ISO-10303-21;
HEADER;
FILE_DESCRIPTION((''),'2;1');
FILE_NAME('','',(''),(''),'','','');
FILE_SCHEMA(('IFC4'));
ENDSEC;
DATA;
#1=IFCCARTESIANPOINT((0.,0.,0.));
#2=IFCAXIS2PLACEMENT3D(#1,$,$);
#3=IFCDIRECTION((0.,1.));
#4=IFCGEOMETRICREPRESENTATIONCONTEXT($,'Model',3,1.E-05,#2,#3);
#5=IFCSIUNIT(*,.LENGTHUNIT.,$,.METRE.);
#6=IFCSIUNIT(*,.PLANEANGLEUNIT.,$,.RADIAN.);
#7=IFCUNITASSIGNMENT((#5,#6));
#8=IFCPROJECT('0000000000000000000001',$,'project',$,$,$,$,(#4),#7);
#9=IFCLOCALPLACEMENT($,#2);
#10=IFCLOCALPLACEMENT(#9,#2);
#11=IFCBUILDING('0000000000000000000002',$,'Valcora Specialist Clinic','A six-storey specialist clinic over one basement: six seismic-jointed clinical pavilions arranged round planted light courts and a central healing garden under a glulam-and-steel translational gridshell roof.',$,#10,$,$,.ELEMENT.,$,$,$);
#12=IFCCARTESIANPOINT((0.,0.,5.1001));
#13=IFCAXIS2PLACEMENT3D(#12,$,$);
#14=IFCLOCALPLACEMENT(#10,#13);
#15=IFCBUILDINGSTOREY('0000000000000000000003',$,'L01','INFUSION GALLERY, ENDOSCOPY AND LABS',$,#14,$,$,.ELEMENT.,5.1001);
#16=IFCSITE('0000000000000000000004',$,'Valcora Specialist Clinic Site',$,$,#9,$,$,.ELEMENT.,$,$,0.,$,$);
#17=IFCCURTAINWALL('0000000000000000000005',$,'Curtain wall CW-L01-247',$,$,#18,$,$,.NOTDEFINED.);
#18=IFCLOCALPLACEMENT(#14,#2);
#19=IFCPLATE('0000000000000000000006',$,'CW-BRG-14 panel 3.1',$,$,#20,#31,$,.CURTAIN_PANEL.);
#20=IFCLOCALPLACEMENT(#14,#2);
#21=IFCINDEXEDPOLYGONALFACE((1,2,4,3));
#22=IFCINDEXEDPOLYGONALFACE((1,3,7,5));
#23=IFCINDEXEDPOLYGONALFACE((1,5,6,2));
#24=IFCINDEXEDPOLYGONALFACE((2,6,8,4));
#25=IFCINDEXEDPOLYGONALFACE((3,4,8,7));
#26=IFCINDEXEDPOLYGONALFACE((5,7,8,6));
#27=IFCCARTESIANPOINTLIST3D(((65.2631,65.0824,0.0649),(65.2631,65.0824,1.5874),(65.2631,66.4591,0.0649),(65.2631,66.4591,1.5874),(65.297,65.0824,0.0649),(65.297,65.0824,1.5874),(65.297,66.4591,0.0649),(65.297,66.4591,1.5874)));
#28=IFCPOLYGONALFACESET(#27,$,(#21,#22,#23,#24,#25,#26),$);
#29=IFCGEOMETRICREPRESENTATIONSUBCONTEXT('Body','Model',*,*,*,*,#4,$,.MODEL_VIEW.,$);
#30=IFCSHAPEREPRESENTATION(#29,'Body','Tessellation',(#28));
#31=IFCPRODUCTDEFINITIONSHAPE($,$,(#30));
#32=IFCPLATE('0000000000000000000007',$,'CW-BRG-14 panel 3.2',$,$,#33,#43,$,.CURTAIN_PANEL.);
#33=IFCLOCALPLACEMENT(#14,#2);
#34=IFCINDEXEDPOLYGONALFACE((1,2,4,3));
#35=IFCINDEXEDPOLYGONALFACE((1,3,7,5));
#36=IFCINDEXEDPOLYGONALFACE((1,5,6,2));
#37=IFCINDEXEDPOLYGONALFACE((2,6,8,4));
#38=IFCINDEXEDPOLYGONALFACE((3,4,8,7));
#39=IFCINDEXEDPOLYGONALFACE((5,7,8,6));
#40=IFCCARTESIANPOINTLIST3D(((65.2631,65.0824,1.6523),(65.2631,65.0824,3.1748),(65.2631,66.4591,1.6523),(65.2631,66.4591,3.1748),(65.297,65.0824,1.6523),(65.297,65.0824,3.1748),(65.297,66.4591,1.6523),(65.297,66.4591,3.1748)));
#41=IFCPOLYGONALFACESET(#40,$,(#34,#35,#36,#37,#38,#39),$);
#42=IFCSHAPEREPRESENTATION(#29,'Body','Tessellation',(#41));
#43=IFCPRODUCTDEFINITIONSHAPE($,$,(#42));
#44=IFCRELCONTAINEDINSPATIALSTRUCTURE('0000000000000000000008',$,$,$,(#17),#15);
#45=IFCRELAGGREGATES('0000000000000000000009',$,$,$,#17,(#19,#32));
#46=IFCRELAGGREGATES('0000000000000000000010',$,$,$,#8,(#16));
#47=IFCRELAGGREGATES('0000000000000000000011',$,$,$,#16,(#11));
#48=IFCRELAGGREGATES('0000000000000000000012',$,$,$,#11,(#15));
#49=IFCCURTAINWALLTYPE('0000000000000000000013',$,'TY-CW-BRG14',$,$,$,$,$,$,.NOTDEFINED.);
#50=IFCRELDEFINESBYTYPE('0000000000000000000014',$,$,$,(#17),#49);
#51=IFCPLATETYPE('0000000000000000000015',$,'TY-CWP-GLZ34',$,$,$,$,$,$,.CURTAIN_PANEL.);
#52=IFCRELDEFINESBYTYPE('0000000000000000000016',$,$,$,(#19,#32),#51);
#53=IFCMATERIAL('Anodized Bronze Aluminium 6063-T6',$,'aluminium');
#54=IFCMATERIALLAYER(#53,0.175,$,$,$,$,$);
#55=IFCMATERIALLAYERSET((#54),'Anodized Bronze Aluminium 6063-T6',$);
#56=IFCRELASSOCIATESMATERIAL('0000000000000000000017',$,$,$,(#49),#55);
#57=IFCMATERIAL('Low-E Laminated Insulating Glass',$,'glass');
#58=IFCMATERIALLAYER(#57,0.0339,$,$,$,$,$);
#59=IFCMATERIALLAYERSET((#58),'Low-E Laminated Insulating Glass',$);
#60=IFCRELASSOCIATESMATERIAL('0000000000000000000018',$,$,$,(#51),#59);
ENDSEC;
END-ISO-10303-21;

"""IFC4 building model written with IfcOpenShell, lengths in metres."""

from ifc_helpers import new_model, si_unit, direction, frame, origin, origin_2d, place, context, subcontext, project, spatial, rectangle, extrude, material, layer, layer_set, type_object, element, aggregate, save


model = new_model("IFC4")

# Units and contexts
model_context = context("Model", 3, precision=1e-05, world=origin(), true_north=direction((0.0, 1.0)))
body_context = subcontext(model_context, "Body", "Model", "MODEL_VIEW")
ifc_project = project(units=[si_unit("LENGTHUNIT", "METRE"), si_unit("PLANEANGLEUNIT", "RADIAN")], contexts=[model_context])

# Site, building, storey
site_placement = place(None, origin())
site = spatial("IfcSite", under=ifc_project, at=site_placement, Name="Valcora Specialist Clinic Site", CompositionType="ELEMENT", RefElevation=0.0)
building_placement = place(site_placement, origin())
building = spatial("IfcBuilding", under=site, at=building_placement, Name="Valcora Specialist Clinic", Description="A six-storey specialist clinic over one basement: six seismic-jointed clinical pavilions arranged round planted light courts and a central healing garden under a glulam-and-steel translational gridshell roof.", CompositionType="ELEMENT")
storey_placement = place(building_placement, frame((0.0, 0.0, 5.1001)))
storey = spatial("IfcBuildingStorey", under=building, at=storey_placement, Name="L01", Description="INFUSION GALLERY, ENDOSCOPY AND LABS", CompositionType="ELEMENT", Elevation=5.1001)

# Curtain wall
ifc_material_1 = material(Name="Anodized Bronze Aluminium 6063-T6", Category="aluminium")
ifc_layer_1 = layer(ifc_material_1, 0.175)
ifc_layer_set_1 = layer_set([ifc_layer_1], Name="Anodized Bronze Aluminium 6063-T6")
curtain_wall_type = type_object("IfcCurtainWallType", Name="TY-CW-BRG14", PredefinedType="NOTDEFINED", material=ifc_layer_set_1)
curtain_wall_1_placement = place(storey_placement, origin())
curtain_wall_1 = element("IfcCurtainWall", 1, at=curtain_wall_1_placement, inside=storey, type_object=curtain_wall_type, Name="Curtain wall CW-L01-247", PredefinedType="NOTDEFINED")

# Plates
ifc_material_2 = material(Name="Low-E Laminated Insulating Glass", Category="glass")
ifc_layer_2 = layer(ifc_material_2, 0.0339)
ifc_layer_set_2 = layer_set([ifc_layer_2], Name="Low-E Laminated Insulating Glass")
plate_type_1 = type_object("IfcPlateType", Name="TY-CWP-GLZ34", PredefinedType="CURTAIN_PANEL", material=ifc_layer_set_2)
plate_1_placement = place(storey_placement, frame((65.28, 65.7708, 0.0649), z_axis=(0.0, 0.0, 1.0), x_axis=(0.0, 1.0, 0.0)))
plate_1 = element("IfcPlate", 2, at=plate_1_placement, type_object=plate_type_1, Name="CW-BRG-14 panel 3.1", PredefinedType="CURTAIN_PANEL", context=body_context, shape_type="SweptSolid", body=[
    extrude(rectangle(XDim=1.3767, YDim=0.0339, at=origin_2d()), origin(), (0.0, 0.0, 1.0), 1.5225),
])
plate_2_placement = place(storey_placement, frame((65.28, 65.7708, 1.6523), z_axis=(0.0, 0.0, 1.0), x_axis=(0.0, 1.0, 0.0)))
plate_2 = element("IfcPlate", 3, at=plate_2_placement, type_object=plate_type_1, Name="CW-BRG-14 panel 3.2", PredefinedType="CURTAIN_PANEL", context=body_context, shape_type="SweptSolid", body=[
    extrude(rectangle(XDim=1.3767, YDim=0.0339, at=origin_2d()), origin(), (0.0, 0.0, 1.0), 1.5225),
])
aggregate(curtain_wall_1, [plate_1, plate_2])

save(model, "model.ifc")
